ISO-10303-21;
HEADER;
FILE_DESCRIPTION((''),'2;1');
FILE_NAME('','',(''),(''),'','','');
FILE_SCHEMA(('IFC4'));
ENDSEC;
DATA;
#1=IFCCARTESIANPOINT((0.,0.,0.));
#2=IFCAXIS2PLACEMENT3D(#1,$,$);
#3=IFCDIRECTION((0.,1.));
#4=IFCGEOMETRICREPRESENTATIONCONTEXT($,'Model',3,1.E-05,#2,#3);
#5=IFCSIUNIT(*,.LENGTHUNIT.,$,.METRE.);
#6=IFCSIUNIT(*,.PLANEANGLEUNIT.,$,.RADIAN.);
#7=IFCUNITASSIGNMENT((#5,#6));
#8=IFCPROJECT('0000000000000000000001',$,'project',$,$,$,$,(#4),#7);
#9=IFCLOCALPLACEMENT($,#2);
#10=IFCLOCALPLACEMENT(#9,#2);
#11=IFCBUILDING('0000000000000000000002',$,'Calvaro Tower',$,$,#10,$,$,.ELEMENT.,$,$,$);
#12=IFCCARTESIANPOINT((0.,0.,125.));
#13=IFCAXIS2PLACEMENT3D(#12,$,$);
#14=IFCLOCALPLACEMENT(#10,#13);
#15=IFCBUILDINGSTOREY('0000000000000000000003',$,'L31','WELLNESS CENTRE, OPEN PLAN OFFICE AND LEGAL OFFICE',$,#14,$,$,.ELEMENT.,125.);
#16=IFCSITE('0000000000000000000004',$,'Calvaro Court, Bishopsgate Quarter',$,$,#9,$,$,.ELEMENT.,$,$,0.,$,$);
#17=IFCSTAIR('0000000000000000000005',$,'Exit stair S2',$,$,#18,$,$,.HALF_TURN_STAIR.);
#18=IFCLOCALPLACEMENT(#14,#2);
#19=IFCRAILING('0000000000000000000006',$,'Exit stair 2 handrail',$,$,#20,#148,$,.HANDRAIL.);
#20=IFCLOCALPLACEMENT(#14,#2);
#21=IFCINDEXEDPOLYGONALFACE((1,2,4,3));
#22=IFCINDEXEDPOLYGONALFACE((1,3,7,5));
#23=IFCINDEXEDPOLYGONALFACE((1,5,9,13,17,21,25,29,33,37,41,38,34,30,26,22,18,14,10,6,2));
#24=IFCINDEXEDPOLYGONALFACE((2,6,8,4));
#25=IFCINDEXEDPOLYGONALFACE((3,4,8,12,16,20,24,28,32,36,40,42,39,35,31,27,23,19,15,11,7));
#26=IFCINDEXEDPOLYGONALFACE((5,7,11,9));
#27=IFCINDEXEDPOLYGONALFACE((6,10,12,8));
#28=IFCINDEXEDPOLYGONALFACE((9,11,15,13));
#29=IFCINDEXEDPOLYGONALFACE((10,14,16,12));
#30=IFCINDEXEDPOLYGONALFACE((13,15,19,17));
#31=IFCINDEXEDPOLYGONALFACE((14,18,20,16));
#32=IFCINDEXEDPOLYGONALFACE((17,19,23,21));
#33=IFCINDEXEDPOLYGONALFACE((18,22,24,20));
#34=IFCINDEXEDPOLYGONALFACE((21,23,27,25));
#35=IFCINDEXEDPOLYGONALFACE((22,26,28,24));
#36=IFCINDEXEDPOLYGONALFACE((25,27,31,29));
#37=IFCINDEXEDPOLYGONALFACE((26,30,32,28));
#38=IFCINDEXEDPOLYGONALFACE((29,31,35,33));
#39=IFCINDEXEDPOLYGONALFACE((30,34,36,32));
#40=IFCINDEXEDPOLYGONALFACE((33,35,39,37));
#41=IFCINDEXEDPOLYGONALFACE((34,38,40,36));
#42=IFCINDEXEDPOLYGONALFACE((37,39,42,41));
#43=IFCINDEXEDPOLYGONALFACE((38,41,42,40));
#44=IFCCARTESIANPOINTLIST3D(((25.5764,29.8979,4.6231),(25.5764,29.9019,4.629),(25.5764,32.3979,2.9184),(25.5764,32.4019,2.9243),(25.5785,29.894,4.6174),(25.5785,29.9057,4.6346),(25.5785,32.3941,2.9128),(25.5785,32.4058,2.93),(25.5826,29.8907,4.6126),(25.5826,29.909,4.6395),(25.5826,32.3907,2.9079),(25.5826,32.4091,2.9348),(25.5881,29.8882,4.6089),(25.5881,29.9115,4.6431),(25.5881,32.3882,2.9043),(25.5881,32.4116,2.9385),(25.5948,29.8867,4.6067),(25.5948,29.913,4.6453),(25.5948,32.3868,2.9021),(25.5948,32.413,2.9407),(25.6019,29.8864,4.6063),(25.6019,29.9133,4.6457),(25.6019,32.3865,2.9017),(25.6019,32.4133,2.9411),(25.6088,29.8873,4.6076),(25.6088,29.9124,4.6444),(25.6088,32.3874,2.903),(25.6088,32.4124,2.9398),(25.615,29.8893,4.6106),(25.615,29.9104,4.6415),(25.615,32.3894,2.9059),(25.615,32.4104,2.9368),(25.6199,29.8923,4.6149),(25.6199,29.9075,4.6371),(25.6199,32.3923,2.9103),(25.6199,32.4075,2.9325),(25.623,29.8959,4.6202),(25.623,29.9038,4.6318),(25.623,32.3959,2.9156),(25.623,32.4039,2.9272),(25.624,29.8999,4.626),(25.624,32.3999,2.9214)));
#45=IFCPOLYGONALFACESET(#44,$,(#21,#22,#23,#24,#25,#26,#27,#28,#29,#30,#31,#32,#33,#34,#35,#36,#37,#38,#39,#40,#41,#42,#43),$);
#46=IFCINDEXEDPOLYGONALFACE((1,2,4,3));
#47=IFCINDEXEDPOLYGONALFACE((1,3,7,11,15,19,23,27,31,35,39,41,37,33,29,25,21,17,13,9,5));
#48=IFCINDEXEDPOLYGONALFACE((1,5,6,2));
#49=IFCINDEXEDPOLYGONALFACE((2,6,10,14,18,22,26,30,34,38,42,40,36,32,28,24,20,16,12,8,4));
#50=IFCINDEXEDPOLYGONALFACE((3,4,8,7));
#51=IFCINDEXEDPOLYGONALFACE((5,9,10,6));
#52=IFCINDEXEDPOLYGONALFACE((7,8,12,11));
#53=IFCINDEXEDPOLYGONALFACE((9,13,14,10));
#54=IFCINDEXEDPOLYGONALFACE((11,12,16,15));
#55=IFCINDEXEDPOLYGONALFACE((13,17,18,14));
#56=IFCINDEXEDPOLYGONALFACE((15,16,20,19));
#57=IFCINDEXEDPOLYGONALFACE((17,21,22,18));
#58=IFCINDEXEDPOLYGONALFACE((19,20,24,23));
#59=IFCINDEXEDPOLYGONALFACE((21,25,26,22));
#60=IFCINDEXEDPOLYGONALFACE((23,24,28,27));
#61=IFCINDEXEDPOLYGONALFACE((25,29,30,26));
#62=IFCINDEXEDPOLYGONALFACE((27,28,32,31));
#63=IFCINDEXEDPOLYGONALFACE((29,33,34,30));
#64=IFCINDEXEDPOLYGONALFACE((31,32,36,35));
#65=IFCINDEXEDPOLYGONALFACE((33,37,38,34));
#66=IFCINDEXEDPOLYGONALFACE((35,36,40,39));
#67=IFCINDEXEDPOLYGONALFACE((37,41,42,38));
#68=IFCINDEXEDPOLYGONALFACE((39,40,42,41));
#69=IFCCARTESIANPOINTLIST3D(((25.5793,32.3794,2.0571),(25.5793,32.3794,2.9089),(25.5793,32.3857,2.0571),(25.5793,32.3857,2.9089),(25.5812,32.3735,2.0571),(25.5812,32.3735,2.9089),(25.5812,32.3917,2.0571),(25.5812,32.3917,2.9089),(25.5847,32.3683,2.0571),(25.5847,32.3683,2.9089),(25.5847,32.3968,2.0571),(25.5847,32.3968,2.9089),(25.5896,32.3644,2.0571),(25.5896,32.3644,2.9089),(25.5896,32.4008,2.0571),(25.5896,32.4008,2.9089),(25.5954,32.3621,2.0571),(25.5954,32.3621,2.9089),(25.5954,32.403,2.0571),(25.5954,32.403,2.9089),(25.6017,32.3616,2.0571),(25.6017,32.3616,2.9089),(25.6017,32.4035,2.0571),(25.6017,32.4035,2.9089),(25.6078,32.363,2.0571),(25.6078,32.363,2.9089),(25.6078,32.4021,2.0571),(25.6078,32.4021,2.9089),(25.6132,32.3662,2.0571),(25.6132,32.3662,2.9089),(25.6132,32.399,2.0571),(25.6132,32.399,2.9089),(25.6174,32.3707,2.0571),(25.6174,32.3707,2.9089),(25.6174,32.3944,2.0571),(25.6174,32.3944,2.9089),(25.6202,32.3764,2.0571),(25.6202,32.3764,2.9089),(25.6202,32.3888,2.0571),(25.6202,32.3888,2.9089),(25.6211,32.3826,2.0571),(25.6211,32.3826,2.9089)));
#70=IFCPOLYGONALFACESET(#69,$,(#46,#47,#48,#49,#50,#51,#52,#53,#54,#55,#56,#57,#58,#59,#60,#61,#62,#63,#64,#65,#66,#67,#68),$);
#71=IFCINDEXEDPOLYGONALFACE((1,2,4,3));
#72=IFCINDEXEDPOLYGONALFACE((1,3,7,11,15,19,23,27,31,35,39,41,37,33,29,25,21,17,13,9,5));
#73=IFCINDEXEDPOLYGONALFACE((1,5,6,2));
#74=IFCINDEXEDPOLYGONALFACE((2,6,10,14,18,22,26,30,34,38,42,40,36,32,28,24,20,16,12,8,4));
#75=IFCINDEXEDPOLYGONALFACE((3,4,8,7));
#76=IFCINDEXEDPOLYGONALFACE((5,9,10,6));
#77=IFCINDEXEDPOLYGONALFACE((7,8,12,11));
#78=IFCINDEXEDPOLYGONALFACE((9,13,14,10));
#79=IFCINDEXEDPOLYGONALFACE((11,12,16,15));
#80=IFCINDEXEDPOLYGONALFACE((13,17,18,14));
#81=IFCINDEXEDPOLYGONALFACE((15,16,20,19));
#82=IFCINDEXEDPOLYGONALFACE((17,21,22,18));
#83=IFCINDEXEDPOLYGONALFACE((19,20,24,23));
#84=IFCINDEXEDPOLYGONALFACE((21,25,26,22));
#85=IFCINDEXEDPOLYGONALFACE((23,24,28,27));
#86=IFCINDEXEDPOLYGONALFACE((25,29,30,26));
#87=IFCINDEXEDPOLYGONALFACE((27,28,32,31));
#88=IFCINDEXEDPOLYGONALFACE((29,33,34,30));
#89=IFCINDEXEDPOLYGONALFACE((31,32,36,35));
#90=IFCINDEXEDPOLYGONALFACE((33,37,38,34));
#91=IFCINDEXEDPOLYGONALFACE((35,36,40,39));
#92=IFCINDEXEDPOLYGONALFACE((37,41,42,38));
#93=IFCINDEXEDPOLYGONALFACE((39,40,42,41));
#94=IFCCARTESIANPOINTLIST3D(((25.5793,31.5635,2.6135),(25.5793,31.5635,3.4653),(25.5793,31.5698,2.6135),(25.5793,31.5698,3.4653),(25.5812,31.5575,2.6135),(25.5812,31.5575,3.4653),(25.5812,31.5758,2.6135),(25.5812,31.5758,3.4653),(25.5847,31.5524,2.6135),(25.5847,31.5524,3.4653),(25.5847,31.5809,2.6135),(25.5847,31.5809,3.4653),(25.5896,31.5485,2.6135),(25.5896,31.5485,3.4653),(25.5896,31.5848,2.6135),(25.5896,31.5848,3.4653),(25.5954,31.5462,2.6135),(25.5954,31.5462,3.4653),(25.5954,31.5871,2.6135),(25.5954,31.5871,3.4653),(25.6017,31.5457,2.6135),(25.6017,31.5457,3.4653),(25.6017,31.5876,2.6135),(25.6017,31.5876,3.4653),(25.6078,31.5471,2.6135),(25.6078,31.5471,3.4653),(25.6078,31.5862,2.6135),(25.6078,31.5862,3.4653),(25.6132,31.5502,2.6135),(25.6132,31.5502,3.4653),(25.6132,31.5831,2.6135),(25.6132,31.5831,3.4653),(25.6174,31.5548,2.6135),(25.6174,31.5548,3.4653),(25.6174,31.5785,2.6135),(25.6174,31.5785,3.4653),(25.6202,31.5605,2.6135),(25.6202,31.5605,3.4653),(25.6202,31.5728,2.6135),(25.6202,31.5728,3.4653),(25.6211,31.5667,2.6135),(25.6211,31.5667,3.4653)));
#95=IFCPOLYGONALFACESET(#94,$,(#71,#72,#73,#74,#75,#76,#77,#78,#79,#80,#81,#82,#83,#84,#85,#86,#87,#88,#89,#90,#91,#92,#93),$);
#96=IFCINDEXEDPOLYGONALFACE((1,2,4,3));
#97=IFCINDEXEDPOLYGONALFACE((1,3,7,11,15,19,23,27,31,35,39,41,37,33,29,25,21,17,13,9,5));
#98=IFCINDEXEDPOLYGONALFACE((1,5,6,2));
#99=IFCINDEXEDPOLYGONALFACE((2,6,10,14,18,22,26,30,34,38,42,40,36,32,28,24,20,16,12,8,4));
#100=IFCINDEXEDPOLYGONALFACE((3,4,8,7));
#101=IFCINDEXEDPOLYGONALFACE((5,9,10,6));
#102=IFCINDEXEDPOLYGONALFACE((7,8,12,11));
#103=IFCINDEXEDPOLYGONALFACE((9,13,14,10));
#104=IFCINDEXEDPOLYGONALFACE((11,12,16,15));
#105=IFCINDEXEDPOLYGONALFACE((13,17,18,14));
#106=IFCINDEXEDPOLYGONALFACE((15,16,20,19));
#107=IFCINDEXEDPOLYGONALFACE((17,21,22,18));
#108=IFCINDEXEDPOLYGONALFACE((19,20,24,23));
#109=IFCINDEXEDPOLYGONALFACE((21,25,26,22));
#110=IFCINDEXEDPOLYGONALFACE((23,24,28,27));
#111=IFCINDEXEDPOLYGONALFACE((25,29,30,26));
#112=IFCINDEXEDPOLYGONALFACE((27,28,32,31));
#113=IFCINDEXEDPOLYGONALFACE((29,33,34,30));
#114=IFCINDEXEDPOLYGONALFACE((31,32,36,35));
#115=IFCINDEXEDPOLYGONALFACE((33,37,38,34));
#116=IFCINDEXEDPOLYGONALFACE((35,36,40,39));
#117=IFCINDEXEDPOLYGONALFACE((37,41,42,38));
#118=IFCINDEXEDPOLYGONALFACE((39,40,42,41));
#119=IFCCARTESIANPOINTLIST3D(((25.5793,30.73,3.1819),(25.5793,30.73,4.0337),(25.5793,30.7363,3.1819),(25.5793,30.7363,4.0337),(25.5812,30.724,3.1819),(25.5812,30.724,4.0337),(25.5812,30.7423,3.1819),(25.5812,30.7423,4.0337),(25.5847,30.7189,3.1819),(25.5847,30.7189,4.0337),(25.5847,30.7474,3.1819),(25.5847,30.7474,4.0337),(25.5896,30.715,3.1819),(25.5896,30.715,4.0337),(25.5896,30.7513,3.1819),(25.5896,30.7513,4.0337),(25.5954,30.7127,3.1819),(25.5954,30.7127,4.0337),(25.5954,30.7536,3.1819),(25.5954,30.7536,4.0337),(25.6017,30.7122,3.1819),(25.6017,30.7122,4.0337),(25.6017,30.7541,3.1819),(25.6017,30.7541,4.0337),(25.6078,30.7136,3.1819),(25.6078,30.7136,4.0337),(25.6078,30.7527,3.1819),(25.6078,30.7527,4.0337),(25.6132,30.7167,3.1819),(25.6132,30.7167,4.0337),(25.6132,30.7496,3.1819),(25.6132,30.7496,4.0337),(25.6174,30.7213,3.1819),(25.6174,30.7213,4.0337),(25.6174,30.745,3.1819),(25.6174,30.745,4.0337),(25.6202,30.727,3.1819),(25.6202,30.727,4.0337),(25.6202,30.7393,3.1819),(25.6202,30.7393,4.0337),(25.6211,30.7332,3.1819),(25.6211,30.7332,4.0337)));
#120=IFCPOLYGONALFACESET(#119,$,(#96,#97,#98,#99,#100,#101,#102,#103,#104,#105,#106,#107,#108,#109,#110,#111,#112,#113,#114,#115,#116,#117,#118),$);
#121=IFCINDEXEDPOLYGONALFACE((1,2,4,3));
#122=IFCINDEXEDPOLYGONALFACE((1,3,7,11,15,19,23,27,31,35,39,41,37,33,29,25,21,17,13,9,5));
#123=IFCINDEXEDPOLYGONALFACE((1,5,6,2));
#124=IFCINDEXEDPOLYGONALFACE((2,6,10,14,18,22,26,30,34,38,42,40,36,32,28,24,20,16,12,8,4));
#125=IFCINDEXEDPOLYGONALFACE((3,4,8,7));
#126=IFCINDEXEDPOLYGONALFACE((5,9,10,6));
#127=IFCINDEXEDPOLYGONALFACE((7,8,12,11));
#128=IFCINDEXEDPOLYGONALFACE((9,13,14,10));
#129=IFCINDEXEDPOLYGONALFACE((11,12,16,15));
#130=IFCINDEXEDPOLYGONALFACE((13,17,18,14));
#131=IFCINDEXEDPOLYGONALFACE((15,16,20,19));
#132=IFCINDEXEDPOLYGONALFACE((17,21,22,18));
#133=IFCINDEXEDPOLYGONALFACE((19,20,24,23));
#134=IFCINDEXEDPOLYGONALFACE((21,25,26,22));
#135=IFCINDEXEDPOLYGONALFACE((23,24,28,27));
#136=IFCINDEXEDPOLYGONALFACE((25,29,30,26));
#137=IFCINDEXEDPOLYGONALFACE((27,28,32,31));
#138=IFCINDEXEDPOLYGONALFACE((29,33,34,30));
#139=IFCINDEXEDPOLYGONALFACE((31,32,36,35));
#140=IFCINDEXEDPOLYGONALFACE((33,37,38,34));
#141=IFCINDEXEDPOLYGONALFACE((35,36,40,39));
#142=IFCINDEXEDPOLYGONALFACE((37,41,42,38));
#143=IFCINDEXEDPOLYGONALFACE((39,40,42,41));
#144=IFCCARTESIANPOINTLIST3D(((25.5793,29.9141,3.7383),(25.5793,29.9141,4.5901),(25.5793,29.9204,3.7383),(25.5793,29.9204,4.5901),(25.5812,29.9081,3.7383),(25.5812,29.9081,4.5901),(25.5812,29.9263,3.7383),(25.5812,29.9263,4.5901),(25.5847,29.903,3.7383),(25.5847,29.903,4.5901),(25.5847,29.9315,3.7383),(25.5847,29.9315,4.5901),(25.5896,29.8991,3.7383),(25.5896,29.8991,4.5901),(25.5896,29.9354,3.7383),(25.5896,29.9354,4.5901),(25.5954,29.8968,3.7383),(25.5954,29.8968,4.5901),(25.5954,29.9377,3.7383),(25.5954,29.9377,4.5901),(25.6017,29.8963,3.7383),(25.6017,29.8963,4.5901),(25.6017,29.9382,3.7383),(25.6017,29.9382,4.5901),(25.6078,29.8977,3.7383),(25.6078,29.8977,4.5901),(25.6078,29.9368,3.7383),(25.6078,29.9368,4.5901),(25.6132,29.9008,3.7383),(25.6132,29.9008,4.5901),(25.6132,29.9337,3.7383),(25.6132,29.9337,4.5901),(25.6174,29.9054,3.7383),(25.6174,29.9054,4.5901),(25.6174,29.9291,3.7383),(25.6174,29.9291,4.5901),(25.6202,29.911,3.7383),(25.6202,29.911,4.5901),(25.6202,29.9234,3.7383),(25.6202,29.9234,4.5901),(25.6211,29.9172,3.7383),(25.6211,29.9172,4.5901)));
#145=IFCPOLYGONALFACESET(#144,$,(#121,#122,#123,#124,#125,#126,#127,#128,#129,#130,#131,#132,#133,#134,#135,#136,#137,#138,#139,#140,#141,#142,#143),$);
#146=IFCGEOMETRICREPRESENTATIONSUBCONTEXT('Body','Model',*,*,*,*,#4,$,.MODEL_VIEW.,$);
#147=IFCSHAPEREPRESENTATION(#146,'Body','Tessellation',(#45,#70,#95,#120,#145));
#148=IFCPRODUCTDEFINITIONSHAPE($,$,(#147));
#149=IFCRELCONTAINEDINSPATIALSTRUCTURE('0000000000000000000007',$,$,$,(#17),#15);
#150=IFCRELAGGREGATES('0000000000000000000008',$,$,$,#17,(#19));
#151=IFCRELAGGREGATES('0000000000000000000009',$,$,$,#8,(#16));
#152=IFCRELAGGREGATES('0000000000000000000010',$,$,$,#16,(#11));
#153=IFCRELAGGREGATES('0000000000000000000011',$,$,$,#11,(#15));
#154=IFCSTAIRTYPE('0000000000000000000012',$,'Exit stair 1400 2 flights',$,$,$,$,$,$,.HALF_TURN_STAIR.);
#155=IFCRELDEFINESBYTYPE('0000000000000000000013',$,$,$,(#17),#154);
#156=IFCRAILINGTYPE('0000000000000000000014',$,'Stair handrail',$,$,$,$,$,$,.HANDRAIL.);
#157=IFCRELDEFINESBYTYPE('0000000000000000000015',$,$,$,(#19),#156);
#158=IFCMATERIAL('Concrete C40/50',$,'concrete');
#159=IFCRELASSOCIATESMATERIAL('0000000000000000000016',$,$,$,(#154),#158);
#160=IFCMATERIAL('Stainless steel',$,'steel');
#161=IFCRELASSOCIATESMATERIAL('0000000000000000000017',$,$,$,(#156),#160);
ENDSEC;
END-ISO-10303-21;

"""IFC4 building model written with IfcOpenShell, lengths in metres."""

from ifc_helpers import new_model, si_unit, direction, frame, origin, origin_2d, place, context, subcontext, project, spatial, circle, extrude, material, type_object, element, aggregate, save


model = new_model("IFC4")

# Units and contexts
model_context = context("Model", 3, precision=1e-05, world=origin(), true_north=direction((0.0, 1.0)))
body_context = subcontext(model_context, "Body", "Model", "MODEL_VIEW")
ifc_project = project(units=[si_unit("LENGTHUNIT", "METRE"), si_unit("PLANEANGLEUNIT", "RADIAN")], contexts=[model_context])

# Site, building, storey
site_placement = place(None, origin())
site = spatial("IfcSite", under=ifc_project, at=site_placement, Name="Calvaro Court, Bishopsgate Quarter", CompositionType="ELEMENT", RefElevation=0.0)
building_placement = place(site_placement, origin())
building = spatial("IfcBuilding", under=site, at=building_placement, Name="Calvaro Tower", CompositionType="ELEMENT")
storey_placement = place(building_placement, frame((0.0, 0.0, 125.0)))
storey = spatial("IfcBuildingStorey", under=building, at=storey_placement, Name="L31", Description="WELLNESS CENTRE, OPEN PLAN OFFICE AND LEGAL OFFICE", CompositionType="ELEMENT", Elevation=125.0)

# Stair, railing
ifc_material_1 = material(Name="Concrete C40/50", Category="concrete")
stair_type = type_object("IfcStairType", Name="Exit stair 1400 2 flights", PredefinedType="HALF_TURN_STAIR", material=ifc_material_1)
stair_placement = place(storey_placement, origin())
stair = element("IfcStair", 1, at=stair_placement, inside=storey, type_object=stair_type, Name="Exit stair S2", PredefinedType="HALF_TURN_STAIR")
ifc_material_2 = material(Name="Stainless steel", Category="steel")
railing_type = type_object("IfcRailingType", Name="Stair handrail", PredefinedType="HANDRAIL", material=ifc_material_2)
railing_1_placement = place(storey_placement, frame((25.6001, 32.3999, 2.0454)))
railing_1 = element("IfcRailing", 2, at=railing_1_placement, type_object=railing_type, Name="Exit stair 2 handrail", PredefinedType="HANDRAIL", context=body_context, shape_type="SweptSolid", body=[
    extrude(circle(Radius=0.0239, at=origin_2d()), frame((0.0, 0.0, 0.876), z_axis=(0.0, -0.826221, 0.563347), x_axis=(1.0, 0.0, 0.0)), (0.0, 0.0, 1.0), 3.0259),
    extrude(circle(Radius=0.021, at=origin_2d()), frame((0.0, -0.0173, 0.0117)), (0.0, 0.0, 1.0), 0.8518),
    extrude(circle(Radius=0.021, at=origin_2d()), frame((0.0, -0.8333, 0.5681)), (0.0, 0.0, 1.0), 0.8518),
    extrude(circle(Radius=0.021, at=origin_2d()), frame((0.0, -1.6667, 1.1365)), (0.0, 0.0, 1.0), 0.8518),
    extrude(circle(Radius=0.021, at=origin_2d()), frame((0.0, -2.4827, 1.6929)), (0.0, 0.0, 1.0), 0.8518),
])
aggregate(stair, [railing_1])

save(model, "model.ifc")
